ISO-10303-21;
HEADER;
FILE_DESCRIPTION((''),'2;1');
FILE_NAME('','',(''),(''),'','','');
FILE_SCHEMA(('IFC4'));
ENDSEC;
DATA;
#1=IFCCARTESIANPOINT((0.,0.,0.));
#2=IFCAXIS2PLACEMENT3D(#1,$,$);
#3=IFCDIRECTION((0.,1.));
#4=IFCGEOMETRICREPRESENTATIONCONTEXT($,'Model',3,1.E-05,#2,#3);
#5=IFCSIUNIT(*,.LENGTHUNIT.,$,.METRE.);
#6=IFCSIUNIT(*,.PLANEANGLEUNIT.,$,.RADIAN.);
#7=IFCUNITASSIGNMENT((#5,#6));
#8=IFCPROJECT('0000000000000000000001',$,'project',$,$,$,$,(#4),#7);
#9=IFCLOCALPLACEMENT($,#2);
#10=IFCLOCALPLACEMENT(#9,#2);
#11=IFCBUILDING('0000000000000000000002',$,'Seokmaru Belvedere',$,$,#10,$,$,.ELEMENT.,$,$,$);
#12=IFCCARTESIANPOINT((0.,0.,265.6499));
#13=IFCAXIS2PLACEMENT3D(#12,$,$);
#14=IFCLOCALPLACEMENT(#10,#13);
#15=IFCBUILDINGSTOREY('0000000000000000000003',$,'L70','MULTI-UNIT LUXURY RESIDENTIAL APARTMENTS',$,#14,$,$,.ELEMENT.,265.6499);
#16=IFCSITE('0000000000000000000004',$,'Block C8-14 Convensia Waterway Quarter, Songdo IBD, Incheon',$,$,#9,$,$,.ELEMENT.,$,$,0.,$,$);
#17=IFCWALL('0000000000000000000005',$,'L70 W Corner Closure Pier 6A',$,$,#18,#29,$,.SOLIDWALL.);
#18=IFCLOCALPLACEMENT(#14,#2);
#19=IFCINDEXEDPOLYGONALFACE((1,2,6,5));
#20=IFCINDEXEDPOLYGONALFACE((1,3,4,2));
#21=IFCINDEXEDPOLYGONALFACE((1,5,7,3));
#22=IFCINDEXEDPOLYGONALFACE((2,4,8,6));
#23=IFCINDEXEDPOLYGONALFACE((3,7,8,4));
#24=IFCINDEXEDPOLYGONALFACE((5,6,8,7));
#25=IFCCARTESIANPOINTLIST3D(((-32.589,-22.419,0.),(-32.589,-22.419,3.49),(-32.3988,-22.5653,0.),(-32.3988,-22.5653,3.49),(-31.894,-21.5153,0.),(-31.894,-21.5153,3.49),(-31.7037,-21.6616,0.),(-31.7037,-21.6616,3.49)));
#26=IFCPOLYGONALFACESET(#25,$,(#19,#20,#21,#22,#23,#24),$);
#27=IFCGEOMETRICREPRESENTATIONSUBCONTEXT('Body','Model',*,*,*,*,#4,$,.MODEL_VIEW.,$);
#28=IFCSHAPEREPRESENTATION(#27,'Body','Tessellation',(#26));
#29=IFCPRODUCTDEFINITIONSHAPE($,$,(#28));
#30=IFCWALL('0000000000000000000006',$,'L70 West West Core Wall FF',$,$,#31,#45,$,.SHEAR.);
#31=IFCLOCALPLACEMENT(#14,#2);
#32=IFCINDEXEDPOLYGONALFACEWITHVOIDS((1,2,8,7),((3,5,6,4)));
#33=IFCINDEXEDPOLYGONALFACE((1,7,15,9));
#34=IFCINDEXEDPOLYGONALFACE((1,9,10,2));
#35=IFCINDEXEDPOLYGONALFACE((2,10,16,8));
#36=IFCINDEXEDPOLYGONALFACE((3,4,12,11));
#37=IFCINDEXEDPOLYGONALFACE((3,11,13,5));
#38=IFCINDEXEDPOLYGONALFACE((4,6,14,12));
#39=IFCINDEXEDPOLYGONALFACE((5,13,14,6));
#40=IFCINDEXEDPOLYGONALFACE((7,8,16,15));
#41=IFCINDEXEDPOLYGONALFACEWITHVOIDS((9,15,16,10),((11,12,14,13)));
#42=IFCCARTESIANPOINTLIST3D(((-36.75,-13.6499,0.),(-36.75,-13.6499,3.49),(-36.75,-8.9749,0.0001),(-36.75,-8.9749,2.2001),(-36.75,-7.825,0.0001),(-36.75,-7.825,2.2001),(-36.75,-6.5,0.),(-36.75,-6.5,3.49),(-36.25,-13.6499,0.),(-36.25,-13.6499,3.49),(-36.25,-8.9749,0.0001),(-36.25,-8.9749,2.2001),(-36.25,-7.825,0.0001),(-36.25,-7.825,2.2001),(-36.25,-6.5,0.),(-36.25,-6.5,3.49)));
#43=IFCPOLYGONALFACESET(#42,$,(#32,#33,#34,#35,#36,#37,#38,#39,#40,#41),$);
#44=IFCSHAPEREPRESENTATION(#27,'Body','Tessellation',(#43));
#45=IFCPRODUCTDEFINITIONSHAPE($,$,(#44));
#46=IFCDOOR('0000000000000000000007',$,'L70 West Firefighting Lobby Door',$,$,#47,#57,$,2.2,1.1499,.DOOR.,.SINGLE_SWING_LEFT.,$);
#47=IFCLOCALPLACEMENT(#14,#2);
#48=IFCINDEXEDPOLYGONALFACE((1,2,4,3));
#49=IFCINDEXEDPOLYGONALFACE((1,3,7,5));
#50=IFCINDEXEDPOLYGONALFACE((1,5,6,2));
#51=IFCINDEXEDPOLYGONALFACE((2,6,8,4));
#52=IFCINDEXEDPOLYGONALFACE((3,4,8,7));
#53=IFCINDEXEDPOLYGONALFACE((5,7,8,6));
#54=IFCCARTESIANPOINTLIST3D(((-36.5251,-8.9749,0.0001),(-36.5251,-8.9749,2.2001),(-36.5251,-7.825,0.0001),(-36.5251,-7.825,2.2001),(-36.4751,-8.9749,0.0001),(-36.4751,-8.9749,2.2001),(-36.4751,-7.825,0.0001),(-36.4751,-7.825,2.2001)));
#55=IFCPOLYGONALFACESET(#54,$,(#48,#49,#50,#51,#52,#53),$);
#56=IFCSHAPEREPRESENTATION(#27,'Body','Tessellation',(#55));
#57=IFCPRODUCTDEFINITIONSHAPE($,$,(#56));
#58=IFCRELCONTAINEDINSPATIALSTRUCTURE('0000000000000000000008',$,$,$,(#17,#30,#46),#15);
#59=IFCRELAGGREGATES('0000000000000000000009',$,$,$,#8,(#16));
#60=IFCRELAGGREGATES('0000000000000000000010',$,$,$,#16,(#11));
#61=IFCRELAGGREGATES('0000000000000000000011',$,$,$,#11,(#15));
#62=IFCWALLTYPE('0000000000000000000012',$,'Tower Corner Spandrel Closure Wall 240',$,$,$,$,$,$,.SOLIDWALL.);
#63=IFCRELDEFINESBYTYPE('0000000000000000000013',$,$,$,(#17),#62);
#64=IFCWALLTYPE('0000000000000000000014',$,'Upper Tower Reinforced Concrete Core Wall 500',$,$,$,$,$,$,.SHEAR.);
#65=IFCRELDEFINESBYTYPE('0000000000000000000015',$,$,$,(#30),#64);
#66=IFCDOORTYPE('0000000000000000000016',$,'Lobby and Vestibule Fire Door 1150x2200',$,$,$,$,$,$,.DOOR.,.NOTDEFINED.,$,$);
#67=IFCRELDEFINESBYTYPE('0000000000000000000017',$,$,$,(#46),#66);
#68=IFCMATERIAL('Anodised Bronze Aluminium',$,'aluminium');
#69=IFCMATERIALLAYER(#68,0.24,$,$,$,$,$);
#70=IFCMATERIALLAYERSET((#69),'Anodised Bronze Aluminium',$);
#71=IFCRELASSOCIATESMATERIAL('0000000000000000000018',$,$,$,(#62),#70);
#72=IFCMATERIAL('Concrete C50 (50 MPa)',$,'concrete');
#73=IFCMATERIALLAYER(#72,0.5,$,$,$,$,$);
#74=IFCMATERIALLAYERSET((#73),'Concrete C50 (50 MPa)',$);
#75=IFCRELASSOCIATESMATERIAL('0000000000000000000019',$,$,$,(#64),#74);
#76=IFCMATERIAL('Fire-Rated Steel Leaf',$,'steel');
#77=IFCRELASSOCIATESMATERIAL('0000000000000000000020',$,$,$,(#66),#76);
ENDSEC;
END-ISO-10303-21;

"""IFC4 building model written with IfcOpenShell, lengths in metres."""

from ifc_helpers import new_model, si_unit, direction, frame, frame_2d, origin, place, context, subcontext, project, spatial, rectangle, extrude, source, transform, mapped, material, layer, layer_set, type_object, type_shapes, element, fill, save


model = new_model("IFC4")

# Units and contexts
model_context = context("Model", 3, precision=1e-05, world=origin(), true_north=direction((0.0, 1.0)))
body_context = subcontext(model_context, "Body", "Model", "MODEL_VIEW")
ifc_project = project(units=[si_unit("LENGTHUNIT", "METRE"), si_unit("PLANEANGLEUNIT", "RADIAN")], contexts=[model_context])

# Site, building, storey
site_placement = place(None, origin())
site = spatial("IfcSite", under=ifc_project, at=site_placement, Name="Block C8-14 Convensia Waterway Quarter, Songdo IBD, Incheon", CompositionType="ELEMENT", RefElevation=0.0)
building_placement = place(site_placement, origin())
building = spatial("IfcBuilding", under=site, at=building_placement, Name="Seokmaru Belvedere", CompositionType="ELEMENT")
storey_placement = place(building_placement, frame((0.0, 0.0, 265.6499)))
storey = spatial("IfcBuildingStorey", under=building, at=storey_placement, Name="L70", Description="MULTI-UNIT LUXURY RESIDENTIAL APARTMENTS", CompositionType="ELEMENT", Elevation=265.6499)

# Shared definitions
ifc_material_1 = material(Name="Anodised Bronze Aluminium", Category="aluminium")

# Shared definitions
ifc_material_2 = material(Name="Fire-Rated Steel Leaf", Category="steel")

# Wall
ifc_layer_1 = layer(ifc_material_1, 0.24)
ifc_layer_set_1 = layer_set([ifc_layer_1], Name="Anodised Bronze Aluminium")
wall_type_1 = type_object("IfcWallType", Name="Tower Corner Spandrel Closure Wall 240", PredefinedType="SOLIDWALL", material=ifc_layer_set_1)
for number, where, z_axis, x_axis, name in (
    (1, (-32.4939, -22.4922, 0.0), (0.0, 0.0, 1.0), (0.609618, 0.792696, 0.0), "L70 W Corner Closure Pier 6A"),
):
    element("IfcWall", number, at=place(storey_placement, frame(where, z_axis=z_axis, x_axis=x_axis)), inside=storey, type_object=wall_type_1, Name=name, PredefinedType="SOLIDWALL", context=body_context, shape_type="SweptSolid", body=[
        extrude(rectangle(XDim=1.1401, YDim=0.24, at=frame_2d((0.5701, 0.0))), origin(), (0.0, 0.0, 1.0), 3.49),
    ])

# Wall, opening, door
ifc_material_3 = material(Name="Concrete C50 (50 MPa)", Category="concrete")
ifc_layer_2 = layer(ifc_material_3, 0.5)
ifc_layer_set_2 = layer_set([ifc_layer_2], Name="Concrete C50 (50 MPa)")
wall_type_2 = type_object("IfcWallType", Name="Upper Tower Reinforced Concrete Core Wall 500", PredefinedType="SHEAR", material=ifc_layer_set_2)
wall_1_placement = place(storey_placement, frame((-36.5, -13.6499, 0.0), z_axis=(0.0, 0.0, 1.0), x_axis=(0.0, 1.0, 0.0)))
wall_1 = element("IfcWall", 2, at=wall_1_placement, inside=storey, type_object=wall_type_2, Name="L70 West West Core Wall FF", PredefinedType="SHEAR", context=body_context, shape_type="SweptSolid", body=[
    extrude(rectangle(XDim=7.1499, YDim=0.5, at=frame_2d((3.575, 0.0))), origin(), (0.0, 0.0, 1.0), 3.49),
])
opening_1_placement = place(wall_1_placement, frame((4.675, 0.0, 0.0)))
opening_1 = element("IfcOpeningElement", 3, at=opening_1_placement, cuts=wall_1, PredefinedType="OPENING", context=body_context, shape_type="SweptSolid", body=[
    extrude(rectangle(XDim=1.1499, YDim=2.2, at=frame_2d((0.575, 1.1001))), frame((0.0, 0.26, 0.0), z_axis=(0.0, -1.0, 0.0), x_axis=(1.0, 0.0, 0.0)), (0.0, 0.0, 1.0), 0.52),
])
door_type_1 = type_object("IfcDoorType", Name="Lobby and Vestibule Fire Door 1150x2200", OperationType="NOTDEFINED", PredefinedType="DOOR", material=ifc_material_2)
shared_shape_1 = source(origin(), body_context, "Body", "SweptSolid", [
    extrude(rectangle(XDim=1.1499, YDim=2.2, at=frame_2d((0.575, 1.1001))), frame((0.0, 0.0249, 0.0), z_axis=(0.0, -1.0, 0.0), x_axis=(1.0, 0.0, 0.0)), (0.0, 0.0, 1.0), 0.05),
])
type_shapes(door_type_1, [shared_shape_1])
door_1_placement = place(opening_1_placement, frame((1.1499, 0.0, 0.0), z_axis=(0.0, 0.0, 1.0), x_axis=(-1.0, 0.0, 0.0)))
door_1 = element("IfcDoor", 4, at=door_1_placement, inside=storey, type_object=door_type_1, Name="L70 West Firefighting Lobby Door", OperationType="SINGLE_SWING_LEFT", OverallHeight=2.2, OverallWidth=1.1499, PredefinedType="DOOR", context=body_context, shape_type="MappedRepresentation", body=[
    mapped(shared_shape_1, transform((0.0, 0.0, 0.0), scale=1.0)),
])
fill(opening_1, door_1)

save(model, "model.ifc")
